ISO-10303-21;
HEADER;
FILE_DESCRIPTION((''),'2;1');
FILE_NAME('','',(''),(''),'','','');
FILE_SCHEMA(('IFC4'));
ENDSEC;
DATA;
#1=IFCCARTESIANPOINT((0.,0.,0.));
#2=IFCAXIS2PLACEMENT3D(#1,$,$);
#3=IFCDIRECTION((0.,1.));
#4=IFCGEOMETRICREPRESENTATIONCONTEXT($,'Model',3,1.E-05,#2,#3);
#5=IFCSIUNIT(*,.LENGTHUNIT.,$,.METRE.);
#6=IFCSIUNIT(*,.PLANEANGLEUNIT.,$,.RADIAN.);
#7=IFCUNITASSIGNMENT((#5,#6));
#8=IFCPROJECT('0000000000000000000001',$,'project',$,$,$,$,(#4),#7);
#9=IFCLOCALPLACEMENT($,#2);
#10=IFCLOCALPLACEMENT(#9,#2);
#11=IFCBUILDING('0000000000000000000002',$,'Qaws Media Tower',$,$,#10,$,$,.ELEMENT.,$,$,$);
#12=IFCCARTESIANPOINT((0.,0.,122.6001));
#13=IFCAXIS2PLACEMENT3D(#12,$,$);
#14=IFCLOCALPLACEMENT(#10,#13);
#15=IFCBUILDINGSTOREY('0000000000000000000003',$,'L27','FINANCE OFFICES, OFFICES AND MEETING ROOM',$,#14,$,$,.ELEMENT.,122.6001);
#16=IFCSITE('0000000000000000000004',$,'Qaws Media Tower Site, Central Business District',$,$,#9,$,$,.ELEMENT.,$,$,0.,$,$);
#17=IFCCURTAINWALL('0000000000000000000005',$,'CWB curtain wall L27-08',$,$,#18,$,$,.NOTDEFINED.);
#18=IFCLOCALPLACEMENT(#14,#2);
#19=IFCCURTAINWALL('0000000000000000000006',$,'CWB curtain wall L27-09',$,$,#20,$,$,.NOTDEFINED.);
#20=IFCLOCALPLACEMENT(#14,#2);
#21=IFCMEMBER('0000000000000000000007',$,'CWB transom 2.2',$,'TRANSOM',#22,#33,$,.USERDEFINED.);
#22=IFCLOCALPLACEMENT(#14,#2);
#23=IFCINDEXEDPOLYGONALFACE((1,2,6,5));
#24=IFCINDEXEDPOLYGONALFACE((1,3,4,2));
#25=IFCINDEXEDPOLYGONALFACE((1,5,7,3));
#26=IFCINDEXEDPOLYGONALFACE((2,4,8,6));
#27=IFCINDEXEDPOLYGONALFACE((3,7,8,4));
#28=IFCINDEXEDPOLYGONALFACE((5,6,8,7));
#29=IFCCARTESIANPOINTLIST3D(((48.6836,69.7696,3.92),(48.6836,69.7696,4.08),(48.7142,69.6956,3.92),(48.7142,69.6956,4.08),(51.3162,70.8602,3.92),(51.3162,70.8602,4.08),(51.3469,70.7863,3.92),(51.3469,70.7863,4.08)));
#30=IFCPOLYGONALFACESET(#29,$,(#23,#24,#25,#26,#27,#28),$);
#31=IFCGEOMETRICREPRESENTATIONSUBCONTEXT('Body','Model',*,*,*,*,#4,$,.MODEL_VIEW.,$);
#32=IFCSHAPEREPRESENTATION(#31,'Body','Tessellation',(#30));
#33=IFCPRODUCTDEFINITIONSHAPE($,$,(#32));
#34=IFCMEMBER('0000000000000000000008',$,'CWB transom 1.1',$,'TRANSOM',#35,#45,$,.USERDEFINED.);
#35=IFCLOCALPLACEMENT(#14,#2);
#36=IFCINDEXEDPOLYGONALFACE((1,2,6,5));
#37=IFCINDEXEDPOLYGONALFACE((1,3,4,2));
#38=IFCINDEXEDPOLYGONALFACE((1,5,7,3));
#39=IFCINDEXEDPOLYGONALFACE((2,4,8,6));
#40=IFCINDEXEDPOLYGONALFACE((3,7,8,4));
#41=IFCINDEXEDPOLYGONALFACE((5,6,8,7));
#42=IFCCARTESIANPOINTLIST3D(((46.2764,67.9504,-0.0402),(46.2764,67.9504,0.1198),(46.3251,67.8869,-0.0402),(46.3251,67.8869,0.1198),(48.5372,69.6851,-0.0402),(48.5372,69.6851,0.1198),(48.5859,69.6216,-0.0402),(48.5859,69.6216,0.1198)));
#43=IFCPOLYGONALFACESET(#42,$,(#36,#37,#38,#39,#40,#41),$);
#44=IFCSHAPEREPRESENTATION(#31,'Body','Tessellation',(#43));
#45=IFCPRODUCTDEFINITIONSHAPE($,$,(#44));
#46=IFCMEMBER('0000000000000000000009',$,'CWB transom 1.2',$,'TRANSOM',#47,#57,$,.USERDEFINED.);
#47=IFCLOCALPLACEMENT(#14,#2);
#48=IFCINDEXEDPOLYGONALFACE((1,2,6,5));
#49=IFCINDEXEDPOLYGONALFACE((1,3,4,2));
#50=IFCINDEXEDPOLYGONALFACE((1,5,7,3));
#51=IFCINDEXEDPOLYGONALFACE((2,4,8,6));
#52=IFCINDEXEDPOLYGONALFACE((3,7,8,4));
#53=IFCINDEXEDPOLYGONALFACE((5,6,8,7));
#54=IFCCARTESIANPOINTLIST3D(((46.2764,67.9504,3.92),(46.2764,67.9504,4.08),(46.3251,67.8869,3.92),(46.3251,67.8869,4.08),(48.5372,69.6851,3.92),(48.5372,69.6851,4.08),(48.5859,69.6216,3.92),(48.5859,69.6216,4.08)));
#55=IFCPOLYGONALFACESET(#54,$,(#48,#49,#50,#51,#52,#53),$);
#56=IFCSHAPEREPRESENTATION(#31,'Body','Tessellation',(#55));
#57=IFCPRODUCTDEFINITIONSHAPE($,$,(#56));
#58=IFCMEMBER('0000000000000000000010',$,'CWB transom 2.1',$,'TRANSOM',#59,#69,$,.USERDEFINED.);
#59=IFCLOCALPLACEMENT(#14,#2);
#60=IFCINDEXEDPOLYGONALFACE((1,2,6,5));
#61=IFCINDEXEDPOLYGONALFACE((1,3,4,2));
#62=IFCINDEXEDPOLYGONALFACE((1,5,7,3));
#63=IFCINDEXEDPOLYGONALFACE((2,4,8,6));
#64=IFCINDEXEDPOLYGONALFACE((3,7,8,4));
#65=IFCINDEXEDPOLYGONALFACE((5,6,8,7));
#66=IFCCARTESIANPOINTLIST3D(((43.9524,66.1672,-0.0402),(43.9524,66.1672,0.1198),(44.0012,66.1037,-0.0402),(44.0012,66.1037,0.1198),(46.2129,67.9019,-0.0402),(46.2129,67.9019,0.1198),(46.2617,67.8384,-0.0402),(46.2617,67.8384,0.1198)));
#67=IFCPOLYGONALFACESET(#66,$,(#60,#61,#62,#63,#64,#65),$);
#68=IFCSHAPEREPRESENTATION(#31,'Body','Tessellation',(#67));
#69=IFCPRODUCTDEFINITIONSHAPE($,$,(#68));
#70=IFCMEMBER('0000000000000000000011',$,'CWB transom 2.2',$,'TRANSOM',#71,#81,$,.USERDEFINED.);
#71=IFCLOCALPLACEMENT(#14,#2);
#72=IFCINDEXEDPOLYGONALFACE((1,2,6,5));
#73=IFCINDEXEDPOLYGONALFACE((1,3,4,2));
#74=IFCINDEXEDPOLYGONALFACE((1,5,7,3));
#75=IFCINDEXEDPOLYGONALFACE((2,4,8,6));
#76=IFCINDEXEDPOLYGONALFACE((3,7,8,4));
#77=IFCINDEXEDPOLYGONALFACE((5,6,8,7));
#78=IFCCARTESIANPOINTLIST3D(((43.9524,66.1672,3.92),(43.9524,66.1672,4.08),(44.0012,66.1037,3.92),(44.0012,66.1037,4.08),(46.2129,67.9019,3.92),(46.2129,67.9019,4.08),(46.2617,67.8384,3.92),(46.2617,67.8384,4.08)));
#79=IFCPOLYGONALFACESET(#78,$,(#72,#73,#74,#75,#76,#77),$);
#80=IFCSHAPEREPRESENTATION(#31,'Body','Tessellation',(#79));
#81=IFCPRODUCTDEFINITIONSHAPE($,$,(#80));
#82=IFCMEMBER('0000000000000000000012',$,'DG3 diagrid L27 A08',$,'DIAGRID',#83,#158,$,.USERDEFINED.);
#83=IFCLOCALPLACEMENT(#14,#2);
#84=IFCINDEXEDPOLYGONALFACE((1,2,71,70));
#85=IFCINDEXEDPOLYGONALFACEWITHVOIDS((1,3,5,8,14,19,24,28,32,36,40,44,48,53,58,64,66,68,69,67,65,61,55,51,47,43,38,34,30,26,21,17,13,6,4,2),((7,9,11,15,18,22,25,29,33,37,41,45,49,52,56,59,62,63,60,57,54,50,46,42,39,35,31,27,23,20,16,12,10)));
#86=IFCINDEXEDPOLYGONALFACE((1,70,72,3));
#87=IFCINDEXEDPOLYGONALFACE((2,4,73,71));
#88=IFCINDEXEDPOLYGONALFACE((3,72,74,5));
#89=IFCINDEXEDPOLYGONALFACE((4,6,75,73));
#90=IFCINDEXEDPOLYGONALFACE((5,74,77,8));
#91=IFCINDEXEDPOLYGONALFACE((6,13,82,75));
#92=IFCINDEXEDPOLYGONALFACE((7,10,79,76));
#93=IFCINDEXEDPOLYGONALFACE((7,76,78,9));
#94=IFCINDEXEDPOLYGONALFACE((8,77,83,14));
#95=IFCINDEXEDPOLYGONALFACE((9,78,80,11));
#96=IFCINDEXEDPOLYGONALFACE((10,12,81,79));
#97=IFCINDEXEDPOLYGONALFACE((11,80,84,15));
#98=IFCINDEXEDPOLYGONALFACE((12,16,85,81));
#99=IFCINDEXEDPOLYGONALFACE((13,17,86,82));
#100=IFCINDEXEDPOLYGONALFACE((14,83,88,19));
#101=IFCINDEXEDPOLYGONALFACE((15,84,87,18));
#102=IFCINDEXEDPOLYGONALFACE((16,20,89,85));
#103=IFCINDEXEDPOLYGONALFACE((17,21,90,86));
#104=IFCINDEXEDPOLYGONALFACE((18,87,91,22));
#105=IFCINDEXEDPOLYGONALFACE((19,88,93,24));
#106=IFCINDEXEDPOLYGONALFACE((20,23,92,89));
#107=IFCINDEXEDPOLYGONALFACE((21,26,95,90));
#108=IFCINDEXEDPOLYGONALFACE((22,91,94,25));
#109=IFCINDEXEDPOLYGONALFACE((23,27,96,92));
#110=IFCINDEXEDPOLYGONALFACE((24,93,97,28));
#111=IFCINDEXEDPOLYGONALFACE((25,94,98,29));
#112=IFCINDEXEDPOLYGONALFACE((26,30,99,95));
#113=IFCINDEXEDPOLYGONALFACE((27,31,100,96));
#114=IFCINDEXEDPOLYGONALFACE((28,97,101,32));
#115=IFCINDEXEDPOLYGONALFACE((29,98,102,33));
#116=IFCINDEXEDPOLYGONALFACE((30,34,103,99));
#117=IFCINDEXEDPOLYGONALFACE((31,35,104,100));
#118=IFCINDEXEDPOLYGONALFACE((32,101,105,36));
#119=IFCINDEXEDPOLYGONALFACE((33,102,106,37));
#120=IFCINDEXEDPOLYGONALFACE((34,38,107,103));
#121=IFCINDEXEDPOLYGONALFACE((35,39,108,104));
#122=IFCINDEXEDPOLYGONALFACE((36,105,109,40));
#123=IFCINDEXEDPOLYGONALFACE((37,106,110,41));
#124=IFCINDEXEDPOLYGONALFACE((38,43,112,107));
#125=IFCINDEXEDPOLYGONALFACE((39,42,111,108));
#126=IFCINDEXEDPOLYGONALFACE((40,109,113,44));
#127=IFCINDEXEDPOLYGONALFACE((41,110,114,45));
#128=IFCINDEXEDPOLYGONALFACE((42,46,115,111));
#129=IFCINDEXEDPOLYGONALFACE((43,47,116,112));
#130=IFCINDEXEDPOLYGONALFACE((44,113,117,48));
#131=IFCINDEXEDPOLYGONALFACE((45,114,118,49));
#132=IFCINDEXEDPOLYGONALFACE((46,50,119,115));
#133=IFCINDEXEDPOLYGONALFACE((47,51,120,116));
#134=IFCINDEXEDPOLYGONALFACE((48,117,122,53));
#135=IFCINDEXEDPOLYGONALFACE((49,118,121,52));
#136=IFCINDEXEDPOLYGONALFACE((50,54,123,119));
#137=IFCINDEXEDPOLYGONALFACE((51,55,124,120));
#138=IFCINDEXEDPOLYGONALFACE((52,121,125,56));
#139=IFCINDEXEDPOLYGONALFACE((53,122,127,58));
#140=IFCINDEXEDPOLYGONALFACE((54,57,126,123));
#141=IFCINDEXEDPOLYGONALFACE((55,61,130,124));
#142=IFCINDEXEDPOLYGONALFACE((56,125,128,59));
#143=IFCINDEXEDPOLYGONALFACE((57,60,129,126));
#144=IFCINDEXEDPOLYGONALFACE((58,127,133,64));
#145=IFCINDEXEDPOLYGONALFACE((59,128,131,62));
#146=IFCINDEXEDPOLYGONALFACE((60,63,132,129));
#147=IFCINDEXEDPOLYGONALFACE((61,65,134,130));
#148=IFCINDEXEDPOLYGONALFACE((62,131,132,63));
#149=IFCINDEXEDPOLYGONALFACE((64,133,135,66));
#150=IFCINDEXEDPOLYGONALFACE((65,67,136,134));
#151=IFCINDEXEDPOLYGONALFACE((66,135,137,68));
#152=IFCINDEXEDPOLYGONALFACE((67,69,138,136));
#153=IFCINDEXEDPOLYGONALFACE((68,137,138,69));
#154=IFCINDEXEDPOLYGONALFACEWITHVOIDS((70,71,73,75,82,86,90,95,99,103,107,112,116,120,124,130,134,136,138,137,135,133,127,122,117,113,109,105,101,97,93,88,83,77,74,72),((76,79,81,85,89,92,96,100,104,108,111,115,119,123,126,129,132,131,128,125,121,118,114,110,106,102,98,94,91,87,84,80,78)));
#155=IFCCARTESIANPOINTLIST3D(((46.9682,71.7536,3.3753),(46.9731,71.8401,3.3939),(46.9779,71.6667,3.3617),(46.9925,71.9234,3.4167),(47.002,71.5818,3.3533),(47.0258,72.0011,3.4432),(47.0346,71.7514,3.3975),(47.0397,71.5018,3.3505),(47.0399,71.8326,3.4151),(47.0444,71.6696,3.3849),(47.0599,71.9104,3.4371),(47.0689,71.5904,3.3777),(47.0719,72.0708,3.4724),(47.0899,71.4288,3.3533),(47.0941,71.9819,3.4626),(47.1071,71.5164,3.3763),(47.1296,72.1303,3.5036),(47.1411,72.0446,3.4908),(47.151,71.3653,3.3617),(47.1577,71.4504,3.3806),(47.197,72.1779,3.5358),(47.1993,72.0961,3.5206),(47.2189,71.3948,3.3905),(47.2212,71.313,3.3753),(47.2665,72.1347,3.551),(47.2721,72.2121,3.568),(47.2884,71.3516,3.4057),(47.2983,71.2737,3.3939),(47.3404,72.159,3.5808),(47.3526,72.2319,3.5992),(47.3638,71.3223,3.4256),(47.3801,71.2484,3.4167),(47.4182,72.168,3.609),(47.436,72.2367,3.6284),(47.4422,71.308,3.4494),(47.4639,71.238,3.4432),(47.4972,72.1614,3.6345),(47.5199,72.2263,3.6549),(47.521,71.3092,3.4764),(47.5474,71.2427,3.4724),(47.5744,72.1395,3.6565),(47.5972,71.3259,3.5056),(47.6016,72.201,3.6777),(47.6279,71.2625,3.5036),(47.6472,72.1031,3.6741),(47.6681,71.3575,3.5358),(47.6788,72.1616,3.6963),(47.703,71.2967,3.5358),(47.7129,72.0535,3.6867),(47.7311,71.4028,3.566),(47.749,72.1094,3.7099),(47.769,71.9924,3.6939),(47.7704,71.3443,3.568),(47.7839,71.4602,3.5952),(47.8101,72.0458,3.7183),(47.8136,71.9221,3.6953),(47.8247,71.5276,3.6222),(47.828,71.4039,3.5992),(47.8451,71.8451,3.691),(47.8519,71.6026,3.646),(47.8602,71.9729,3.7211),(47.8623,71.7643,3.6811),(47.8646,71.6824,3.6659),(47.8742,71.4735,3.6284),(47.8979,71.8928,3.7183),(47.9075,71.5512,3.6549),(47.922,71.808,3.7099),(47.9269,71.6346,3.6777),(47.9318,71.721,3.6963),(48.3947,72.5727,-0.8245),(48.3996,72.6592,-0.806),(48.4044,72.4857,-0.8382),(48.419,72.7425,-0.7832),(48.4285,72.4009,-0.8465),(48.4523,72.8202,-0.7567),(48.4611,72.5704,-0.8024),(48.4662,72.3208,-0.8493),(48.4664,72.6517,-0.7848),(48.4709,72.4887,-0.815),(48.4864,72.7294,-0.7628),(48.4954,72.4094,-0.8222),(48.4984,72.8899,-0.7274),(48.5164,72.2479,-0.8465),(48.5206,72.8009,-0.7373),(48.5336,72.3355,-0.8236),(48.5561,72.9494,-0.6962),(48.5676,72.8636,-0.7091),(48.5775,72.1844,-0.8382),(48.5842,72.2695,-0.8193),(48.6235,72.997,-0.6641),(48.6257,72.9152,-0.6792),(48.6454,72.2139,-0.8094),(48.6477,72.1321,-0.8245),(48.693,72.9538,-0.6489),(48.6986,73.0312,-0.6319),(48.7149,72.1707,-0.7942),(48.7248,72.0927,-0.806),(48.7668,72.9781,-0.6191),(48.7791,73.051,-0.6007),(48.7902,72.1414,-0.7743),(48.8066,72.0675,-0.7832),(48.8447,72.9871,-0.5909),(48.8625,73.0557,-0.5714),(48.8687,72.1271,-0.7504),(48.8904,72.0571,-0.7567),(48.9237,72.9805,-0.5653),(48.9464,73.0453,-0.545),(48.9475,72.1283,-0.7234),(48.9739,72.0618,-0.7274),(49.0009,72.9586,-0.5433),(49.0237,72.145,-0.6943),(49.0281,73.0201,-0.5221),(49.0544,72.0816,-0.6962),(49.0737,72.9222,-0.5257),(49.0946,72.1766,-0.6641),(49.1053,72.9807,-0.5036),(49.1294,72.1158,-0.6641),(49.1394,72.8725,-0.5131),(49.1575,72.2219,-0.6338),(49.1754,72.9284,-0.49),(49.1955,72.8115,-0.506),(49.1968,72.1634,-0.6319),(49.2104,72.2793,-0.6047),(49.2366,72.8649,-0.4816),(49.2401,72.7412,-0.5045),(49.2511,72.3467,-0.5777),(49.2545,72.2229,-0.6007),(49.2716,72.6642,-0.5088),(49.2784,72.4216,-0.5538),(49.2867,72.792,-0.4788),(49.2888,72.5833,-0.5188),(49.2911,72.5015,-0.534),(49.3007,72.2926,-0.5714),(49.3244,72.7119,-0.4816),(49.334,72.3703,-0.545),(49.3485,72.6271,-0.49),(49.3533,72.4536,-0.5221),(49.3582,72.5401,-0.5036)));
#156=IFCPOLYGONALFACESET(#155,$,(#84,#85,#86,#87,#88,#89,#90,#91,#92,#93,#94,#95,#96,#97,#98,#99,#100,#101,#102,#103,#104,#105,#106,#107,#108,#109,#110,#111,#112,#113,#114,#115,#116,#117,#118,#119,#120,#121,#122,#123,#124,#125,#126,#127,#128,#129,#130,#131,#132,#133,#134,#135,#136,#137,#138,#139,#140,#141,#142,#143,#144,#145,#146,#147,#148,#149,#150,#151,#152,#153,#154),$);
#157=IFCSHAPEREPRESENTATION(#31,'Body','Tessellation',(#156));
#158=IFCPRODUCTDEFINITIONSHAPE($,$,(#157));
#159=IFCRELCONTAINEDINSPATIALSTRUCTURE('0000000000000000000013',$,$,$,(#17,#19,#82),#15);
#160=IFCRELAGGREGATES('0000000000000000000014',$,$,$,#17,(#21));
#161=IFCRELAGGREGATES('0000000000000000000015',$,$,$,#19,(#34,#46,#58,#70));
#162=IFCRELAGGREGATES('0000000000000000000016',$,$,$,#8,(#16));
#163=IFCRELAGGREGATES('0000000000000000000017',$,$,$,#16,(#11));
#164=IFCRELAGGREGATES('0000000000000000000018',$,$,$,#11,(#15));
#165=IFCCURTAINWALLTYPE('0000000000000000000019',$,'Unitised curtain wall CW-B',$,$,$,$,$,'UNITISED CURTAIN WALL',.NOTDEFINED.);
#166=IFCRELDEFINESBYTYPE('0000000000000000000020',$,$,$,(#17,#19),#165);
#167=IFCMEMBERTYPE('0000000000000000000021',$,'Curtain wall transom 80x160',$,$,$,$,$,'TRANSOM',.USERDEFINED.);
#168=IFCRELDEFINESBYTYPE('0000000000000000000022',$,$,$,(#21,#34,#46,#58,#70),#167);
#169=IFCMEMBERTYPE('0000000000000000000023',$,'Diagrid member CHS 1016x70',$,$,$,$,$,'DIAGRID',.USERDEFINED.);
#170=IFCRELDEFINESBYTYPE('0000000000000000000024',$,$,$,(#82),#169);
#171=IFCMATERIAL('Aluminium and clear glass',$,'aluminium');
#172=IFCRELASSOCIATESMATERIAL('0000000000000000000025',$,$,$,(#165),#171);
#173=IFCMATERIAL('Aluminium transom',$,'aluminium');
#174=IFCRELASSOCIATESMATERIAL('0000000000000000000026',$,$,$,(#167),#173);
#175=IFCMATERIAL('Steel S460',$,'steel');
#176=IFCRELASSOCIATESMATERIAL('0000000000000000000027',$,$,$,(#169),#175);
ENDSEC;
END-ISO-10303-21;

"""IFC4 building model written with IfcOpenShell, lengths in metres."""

from ifc_helpers import new_model, si_unit, direction, frame, origin, origin_2d, place, context, subcontext, project, spatial, rectangle, hollow_circle, extrude, material, material_profile, profile_set, type_object, element, aggregate, save


model = new_model("IFC4")

# Units and contexts
model_context = context("Model", 3, precision=1e-05, world=origin(), true_north=direction((0.0, 1.0)))
body_context = subcontext(model_context, "Body", "Model", "MODEL_VIEW")
ifc_project = project(units=[si_unit("LENGTHUNIT", "METRE"), si_unit("PLANEANGLEUNIT", "RADIAN")], contexts=[model_context])

# Site, building, storey
site_placement = place(None, origin())
site = spatial("IfcSite", under=ifc_project, at=site_placement, Name="Qaws Media Tower Site, Central Business District", CompositionType="ELEMENT", RefElevation=0.0)
building_placement = place(site_placement, origin())
building = spatial("IfcBuilding", under=site, at=building_placement, Name="Qaws Media Tower", CompositionType="ELEMENT")
storey_placement = place(building_placement, frame((0.0, 0.0, 122.6001)))
storey = spatial("IfcBuildingStorey", under=building, at=storey_placement, Name="L27", Description="FINANCE OFFICES, OFFICES AND MEETING ROOM", CompositionType="ELEMENT", Elevation=122.6001)

# Curtain walls
ifc_material_1 = material(Name="Aluminium and clear glass", Category="aluminium")
curtain_wall_type = type_object("IfcCurtainWallType", Name="Unitised curtain wall CW-B", ElementType="UNITISED CURTAIN WALL", PredefinedType="NOTDEFINED", material=ifc_material_1)
curtain_wall_1_placement = place(storey_placement, origin())
curtain_wall_1 = element("IfcCurtainWall", 1, at=curtain_wall_1_placement, inside=storey, type_object=curtain_wall_type, Name="CWB curtain wall L27-08", PredefinedType="NOTDEFINED")
curtain_wall_2_placement = place(storey_placement, origin())
curtain_wall_2 = element("IfcCurtainWall", 2, at=curtain_wall_2_placement, inside=storey, type_object=curtain_wall_type, Name="CWB curtain wall L27-09", PredefinedType="NOTDEFINED")

# Members
ifc_material_2 = material(Name="Aluminium transom", Category="aluminium")
ifc_material_profile_1 = material_profile(ifc_material_2, rectangle(XDim=0.0801, YDim=0.1599, at=origin_2d()), Name="80x160")
ifc_profile_set_1 = profile_set([ifc_material_profile_1], Name="Aluminium transom")
member_type_1 = type_object("IfcMemberType", Name="Curtain wall transom 80x160", ElementType="TRANSOM", PredefinedType="USERDEFINED", material=ifc_profile_set_1)
member_1_placement = place(storey_placement, frame((51.3315, 70.8232, 4.0), z_axis=(-0.923863, -0.382723, 0.0), x_axis=(0.382723, -0.923863, 0.0)))
member_1 = element("IfcMember", 3, at=member_1_placement, type_object=member_type_1, Name="CWB transom 2.2", ObjectType="TRANSOM", PredefinedType="USERDEFINED", context=body_context, shape_type="SweptSolid", body=[
    extrude(rectangle(XDim=0.0801, YDim=0.1599, at=origin_2d()), origin(), (0.0, 0.0, 1.0), 2.8496),
])
member_2_placement = place(storey_placement, frame((48.5615, 69.6533, 0.0398), z_axis=(-0.793372, -0.608737, 0.0), x_axis=(0.608737, -0.793372, 0.0)))
member_2 = element("IfcMember", 4, at=member_2_placement, type_object=member_type_1, Name="CWB transom 1.1", ObjectType="TRANSOM", PredefinedType="USERDEFINED", context=body_context, shape_type="SweptSolid", body=[
    extrude(rectangle(XDim=0.0801, YDim=0.1599, at=origin_2d()), origin(), (0.0, 0.0, 1.0), 2.8496),
])
member_3_placement = place(storey_placement, frame((48.5615, 69.6533, 4.0), z_axis=(-0.793372, -0.608737, 0.0), x_axis=(0.608737, -0.793372, 0.0)))
member_3 = element("IfcMember", 5, at=member_3_placement, type_object=member_type_1, Name="CWB transom 1.2", ObjectType="TRANSOM", PredefinedType="USERDEFINED", context=body_context, shape_type="SweptSolid", body=[
    extrude(rectangle(XDim=0.0801, YDim=0.1599, at=origin_2d()), origin(), (0.0, 0.0, 1.0), 2.8496),
])
member_4_placement = place(storey_placement, frame((46.2373, 67.8701, 0.0398), z_axis=(-0.79334, -0.608779, 0.0), x_axis=(0.608779, -0.79334, 0.0)))
member_4 = element("IfcMember", 6, at=member_4_placement, type_object=member_type_1, Name="CWB transom 2.1", ObjectType="TRANSOM", PredefinedType="USERDEFINED", context=body_context, shape_type="SweptSolid", body=[
    extrude(rectangle(XDim=0.0801, YDim=0.1599, at=origin_2d()), origin(), (0.0, 0.0, 1.0), 2.8494),
])
member_5_placement = place(storey_placement, frame((46.2373, 67.8701, 4.0), z_axis=(-0.79334, -0.608779, 0.0), x_axis=(0.608779, -0.79334, 0.0)))
member_5 = element("IfcMember", 7, at=member_5_placement, type_object=member_type_1, Name="CWB transom 2.2", ObjectType="TRANSOM", PredefinedType="USERDEFINED", context=body_context, shape_type="SweptSolid", body=[
    extrude(rectangle(XDim=0.0801, YDim=0.1599, at=origin_2d()), origin(), (0.0, 0.0, 1.0), 2.8494),
])

# Member
ifc_material_3 = material(Name="Steel S460", Category="steel")
ifc_material_profile_2 = material_profile(ifc_material_3, hollow_circle(Radius=0.5081, WallThickness=0.0701, at=origin_2d()), Name="CHS 1016x70")
ifc_profile_set_2 = profile_set([ifc_material_profile_2], Name="Steel S460")
member_type_2 = type_object("IfcMemberType", Name="Diagrid member CHS 1016x70", ElementType="DIAGRID", PredefinedType="USERDEFINED", material=ifc_profile_set_2)
for number, where, z_axis, x_axis, name in (
    (8, (48.8765, 72.5564, -0.6641), (-0.316259, -0.181593, 0.931131), (0.497944, -0.867209, 0.0), "DG3 diagrid L27 A08"),
):
    element("IfcMember", number, at=place(storey_placement, frame(where, z_axis=z_axis, x_axis=x_axis)), inside=storey, type_object=member_type_2, Name=name, ObjectType="DIAGRID", PredefinedType="USERDEFINED", context=body_context, shape_type="SweptSolid", body=[
        extrude(hollow_circle(Radius=0.5081, WallThickness=0.0701, at=origin_2d()), origin(), (0.0, 0.0, 1.0), 4.5105),
    ])

aggregate(curtain_wall_1, [member_1])
aggregate(curtain_wall_2, [member_2, member_3, member_4, member_5])

save(model, "model.ifc")
